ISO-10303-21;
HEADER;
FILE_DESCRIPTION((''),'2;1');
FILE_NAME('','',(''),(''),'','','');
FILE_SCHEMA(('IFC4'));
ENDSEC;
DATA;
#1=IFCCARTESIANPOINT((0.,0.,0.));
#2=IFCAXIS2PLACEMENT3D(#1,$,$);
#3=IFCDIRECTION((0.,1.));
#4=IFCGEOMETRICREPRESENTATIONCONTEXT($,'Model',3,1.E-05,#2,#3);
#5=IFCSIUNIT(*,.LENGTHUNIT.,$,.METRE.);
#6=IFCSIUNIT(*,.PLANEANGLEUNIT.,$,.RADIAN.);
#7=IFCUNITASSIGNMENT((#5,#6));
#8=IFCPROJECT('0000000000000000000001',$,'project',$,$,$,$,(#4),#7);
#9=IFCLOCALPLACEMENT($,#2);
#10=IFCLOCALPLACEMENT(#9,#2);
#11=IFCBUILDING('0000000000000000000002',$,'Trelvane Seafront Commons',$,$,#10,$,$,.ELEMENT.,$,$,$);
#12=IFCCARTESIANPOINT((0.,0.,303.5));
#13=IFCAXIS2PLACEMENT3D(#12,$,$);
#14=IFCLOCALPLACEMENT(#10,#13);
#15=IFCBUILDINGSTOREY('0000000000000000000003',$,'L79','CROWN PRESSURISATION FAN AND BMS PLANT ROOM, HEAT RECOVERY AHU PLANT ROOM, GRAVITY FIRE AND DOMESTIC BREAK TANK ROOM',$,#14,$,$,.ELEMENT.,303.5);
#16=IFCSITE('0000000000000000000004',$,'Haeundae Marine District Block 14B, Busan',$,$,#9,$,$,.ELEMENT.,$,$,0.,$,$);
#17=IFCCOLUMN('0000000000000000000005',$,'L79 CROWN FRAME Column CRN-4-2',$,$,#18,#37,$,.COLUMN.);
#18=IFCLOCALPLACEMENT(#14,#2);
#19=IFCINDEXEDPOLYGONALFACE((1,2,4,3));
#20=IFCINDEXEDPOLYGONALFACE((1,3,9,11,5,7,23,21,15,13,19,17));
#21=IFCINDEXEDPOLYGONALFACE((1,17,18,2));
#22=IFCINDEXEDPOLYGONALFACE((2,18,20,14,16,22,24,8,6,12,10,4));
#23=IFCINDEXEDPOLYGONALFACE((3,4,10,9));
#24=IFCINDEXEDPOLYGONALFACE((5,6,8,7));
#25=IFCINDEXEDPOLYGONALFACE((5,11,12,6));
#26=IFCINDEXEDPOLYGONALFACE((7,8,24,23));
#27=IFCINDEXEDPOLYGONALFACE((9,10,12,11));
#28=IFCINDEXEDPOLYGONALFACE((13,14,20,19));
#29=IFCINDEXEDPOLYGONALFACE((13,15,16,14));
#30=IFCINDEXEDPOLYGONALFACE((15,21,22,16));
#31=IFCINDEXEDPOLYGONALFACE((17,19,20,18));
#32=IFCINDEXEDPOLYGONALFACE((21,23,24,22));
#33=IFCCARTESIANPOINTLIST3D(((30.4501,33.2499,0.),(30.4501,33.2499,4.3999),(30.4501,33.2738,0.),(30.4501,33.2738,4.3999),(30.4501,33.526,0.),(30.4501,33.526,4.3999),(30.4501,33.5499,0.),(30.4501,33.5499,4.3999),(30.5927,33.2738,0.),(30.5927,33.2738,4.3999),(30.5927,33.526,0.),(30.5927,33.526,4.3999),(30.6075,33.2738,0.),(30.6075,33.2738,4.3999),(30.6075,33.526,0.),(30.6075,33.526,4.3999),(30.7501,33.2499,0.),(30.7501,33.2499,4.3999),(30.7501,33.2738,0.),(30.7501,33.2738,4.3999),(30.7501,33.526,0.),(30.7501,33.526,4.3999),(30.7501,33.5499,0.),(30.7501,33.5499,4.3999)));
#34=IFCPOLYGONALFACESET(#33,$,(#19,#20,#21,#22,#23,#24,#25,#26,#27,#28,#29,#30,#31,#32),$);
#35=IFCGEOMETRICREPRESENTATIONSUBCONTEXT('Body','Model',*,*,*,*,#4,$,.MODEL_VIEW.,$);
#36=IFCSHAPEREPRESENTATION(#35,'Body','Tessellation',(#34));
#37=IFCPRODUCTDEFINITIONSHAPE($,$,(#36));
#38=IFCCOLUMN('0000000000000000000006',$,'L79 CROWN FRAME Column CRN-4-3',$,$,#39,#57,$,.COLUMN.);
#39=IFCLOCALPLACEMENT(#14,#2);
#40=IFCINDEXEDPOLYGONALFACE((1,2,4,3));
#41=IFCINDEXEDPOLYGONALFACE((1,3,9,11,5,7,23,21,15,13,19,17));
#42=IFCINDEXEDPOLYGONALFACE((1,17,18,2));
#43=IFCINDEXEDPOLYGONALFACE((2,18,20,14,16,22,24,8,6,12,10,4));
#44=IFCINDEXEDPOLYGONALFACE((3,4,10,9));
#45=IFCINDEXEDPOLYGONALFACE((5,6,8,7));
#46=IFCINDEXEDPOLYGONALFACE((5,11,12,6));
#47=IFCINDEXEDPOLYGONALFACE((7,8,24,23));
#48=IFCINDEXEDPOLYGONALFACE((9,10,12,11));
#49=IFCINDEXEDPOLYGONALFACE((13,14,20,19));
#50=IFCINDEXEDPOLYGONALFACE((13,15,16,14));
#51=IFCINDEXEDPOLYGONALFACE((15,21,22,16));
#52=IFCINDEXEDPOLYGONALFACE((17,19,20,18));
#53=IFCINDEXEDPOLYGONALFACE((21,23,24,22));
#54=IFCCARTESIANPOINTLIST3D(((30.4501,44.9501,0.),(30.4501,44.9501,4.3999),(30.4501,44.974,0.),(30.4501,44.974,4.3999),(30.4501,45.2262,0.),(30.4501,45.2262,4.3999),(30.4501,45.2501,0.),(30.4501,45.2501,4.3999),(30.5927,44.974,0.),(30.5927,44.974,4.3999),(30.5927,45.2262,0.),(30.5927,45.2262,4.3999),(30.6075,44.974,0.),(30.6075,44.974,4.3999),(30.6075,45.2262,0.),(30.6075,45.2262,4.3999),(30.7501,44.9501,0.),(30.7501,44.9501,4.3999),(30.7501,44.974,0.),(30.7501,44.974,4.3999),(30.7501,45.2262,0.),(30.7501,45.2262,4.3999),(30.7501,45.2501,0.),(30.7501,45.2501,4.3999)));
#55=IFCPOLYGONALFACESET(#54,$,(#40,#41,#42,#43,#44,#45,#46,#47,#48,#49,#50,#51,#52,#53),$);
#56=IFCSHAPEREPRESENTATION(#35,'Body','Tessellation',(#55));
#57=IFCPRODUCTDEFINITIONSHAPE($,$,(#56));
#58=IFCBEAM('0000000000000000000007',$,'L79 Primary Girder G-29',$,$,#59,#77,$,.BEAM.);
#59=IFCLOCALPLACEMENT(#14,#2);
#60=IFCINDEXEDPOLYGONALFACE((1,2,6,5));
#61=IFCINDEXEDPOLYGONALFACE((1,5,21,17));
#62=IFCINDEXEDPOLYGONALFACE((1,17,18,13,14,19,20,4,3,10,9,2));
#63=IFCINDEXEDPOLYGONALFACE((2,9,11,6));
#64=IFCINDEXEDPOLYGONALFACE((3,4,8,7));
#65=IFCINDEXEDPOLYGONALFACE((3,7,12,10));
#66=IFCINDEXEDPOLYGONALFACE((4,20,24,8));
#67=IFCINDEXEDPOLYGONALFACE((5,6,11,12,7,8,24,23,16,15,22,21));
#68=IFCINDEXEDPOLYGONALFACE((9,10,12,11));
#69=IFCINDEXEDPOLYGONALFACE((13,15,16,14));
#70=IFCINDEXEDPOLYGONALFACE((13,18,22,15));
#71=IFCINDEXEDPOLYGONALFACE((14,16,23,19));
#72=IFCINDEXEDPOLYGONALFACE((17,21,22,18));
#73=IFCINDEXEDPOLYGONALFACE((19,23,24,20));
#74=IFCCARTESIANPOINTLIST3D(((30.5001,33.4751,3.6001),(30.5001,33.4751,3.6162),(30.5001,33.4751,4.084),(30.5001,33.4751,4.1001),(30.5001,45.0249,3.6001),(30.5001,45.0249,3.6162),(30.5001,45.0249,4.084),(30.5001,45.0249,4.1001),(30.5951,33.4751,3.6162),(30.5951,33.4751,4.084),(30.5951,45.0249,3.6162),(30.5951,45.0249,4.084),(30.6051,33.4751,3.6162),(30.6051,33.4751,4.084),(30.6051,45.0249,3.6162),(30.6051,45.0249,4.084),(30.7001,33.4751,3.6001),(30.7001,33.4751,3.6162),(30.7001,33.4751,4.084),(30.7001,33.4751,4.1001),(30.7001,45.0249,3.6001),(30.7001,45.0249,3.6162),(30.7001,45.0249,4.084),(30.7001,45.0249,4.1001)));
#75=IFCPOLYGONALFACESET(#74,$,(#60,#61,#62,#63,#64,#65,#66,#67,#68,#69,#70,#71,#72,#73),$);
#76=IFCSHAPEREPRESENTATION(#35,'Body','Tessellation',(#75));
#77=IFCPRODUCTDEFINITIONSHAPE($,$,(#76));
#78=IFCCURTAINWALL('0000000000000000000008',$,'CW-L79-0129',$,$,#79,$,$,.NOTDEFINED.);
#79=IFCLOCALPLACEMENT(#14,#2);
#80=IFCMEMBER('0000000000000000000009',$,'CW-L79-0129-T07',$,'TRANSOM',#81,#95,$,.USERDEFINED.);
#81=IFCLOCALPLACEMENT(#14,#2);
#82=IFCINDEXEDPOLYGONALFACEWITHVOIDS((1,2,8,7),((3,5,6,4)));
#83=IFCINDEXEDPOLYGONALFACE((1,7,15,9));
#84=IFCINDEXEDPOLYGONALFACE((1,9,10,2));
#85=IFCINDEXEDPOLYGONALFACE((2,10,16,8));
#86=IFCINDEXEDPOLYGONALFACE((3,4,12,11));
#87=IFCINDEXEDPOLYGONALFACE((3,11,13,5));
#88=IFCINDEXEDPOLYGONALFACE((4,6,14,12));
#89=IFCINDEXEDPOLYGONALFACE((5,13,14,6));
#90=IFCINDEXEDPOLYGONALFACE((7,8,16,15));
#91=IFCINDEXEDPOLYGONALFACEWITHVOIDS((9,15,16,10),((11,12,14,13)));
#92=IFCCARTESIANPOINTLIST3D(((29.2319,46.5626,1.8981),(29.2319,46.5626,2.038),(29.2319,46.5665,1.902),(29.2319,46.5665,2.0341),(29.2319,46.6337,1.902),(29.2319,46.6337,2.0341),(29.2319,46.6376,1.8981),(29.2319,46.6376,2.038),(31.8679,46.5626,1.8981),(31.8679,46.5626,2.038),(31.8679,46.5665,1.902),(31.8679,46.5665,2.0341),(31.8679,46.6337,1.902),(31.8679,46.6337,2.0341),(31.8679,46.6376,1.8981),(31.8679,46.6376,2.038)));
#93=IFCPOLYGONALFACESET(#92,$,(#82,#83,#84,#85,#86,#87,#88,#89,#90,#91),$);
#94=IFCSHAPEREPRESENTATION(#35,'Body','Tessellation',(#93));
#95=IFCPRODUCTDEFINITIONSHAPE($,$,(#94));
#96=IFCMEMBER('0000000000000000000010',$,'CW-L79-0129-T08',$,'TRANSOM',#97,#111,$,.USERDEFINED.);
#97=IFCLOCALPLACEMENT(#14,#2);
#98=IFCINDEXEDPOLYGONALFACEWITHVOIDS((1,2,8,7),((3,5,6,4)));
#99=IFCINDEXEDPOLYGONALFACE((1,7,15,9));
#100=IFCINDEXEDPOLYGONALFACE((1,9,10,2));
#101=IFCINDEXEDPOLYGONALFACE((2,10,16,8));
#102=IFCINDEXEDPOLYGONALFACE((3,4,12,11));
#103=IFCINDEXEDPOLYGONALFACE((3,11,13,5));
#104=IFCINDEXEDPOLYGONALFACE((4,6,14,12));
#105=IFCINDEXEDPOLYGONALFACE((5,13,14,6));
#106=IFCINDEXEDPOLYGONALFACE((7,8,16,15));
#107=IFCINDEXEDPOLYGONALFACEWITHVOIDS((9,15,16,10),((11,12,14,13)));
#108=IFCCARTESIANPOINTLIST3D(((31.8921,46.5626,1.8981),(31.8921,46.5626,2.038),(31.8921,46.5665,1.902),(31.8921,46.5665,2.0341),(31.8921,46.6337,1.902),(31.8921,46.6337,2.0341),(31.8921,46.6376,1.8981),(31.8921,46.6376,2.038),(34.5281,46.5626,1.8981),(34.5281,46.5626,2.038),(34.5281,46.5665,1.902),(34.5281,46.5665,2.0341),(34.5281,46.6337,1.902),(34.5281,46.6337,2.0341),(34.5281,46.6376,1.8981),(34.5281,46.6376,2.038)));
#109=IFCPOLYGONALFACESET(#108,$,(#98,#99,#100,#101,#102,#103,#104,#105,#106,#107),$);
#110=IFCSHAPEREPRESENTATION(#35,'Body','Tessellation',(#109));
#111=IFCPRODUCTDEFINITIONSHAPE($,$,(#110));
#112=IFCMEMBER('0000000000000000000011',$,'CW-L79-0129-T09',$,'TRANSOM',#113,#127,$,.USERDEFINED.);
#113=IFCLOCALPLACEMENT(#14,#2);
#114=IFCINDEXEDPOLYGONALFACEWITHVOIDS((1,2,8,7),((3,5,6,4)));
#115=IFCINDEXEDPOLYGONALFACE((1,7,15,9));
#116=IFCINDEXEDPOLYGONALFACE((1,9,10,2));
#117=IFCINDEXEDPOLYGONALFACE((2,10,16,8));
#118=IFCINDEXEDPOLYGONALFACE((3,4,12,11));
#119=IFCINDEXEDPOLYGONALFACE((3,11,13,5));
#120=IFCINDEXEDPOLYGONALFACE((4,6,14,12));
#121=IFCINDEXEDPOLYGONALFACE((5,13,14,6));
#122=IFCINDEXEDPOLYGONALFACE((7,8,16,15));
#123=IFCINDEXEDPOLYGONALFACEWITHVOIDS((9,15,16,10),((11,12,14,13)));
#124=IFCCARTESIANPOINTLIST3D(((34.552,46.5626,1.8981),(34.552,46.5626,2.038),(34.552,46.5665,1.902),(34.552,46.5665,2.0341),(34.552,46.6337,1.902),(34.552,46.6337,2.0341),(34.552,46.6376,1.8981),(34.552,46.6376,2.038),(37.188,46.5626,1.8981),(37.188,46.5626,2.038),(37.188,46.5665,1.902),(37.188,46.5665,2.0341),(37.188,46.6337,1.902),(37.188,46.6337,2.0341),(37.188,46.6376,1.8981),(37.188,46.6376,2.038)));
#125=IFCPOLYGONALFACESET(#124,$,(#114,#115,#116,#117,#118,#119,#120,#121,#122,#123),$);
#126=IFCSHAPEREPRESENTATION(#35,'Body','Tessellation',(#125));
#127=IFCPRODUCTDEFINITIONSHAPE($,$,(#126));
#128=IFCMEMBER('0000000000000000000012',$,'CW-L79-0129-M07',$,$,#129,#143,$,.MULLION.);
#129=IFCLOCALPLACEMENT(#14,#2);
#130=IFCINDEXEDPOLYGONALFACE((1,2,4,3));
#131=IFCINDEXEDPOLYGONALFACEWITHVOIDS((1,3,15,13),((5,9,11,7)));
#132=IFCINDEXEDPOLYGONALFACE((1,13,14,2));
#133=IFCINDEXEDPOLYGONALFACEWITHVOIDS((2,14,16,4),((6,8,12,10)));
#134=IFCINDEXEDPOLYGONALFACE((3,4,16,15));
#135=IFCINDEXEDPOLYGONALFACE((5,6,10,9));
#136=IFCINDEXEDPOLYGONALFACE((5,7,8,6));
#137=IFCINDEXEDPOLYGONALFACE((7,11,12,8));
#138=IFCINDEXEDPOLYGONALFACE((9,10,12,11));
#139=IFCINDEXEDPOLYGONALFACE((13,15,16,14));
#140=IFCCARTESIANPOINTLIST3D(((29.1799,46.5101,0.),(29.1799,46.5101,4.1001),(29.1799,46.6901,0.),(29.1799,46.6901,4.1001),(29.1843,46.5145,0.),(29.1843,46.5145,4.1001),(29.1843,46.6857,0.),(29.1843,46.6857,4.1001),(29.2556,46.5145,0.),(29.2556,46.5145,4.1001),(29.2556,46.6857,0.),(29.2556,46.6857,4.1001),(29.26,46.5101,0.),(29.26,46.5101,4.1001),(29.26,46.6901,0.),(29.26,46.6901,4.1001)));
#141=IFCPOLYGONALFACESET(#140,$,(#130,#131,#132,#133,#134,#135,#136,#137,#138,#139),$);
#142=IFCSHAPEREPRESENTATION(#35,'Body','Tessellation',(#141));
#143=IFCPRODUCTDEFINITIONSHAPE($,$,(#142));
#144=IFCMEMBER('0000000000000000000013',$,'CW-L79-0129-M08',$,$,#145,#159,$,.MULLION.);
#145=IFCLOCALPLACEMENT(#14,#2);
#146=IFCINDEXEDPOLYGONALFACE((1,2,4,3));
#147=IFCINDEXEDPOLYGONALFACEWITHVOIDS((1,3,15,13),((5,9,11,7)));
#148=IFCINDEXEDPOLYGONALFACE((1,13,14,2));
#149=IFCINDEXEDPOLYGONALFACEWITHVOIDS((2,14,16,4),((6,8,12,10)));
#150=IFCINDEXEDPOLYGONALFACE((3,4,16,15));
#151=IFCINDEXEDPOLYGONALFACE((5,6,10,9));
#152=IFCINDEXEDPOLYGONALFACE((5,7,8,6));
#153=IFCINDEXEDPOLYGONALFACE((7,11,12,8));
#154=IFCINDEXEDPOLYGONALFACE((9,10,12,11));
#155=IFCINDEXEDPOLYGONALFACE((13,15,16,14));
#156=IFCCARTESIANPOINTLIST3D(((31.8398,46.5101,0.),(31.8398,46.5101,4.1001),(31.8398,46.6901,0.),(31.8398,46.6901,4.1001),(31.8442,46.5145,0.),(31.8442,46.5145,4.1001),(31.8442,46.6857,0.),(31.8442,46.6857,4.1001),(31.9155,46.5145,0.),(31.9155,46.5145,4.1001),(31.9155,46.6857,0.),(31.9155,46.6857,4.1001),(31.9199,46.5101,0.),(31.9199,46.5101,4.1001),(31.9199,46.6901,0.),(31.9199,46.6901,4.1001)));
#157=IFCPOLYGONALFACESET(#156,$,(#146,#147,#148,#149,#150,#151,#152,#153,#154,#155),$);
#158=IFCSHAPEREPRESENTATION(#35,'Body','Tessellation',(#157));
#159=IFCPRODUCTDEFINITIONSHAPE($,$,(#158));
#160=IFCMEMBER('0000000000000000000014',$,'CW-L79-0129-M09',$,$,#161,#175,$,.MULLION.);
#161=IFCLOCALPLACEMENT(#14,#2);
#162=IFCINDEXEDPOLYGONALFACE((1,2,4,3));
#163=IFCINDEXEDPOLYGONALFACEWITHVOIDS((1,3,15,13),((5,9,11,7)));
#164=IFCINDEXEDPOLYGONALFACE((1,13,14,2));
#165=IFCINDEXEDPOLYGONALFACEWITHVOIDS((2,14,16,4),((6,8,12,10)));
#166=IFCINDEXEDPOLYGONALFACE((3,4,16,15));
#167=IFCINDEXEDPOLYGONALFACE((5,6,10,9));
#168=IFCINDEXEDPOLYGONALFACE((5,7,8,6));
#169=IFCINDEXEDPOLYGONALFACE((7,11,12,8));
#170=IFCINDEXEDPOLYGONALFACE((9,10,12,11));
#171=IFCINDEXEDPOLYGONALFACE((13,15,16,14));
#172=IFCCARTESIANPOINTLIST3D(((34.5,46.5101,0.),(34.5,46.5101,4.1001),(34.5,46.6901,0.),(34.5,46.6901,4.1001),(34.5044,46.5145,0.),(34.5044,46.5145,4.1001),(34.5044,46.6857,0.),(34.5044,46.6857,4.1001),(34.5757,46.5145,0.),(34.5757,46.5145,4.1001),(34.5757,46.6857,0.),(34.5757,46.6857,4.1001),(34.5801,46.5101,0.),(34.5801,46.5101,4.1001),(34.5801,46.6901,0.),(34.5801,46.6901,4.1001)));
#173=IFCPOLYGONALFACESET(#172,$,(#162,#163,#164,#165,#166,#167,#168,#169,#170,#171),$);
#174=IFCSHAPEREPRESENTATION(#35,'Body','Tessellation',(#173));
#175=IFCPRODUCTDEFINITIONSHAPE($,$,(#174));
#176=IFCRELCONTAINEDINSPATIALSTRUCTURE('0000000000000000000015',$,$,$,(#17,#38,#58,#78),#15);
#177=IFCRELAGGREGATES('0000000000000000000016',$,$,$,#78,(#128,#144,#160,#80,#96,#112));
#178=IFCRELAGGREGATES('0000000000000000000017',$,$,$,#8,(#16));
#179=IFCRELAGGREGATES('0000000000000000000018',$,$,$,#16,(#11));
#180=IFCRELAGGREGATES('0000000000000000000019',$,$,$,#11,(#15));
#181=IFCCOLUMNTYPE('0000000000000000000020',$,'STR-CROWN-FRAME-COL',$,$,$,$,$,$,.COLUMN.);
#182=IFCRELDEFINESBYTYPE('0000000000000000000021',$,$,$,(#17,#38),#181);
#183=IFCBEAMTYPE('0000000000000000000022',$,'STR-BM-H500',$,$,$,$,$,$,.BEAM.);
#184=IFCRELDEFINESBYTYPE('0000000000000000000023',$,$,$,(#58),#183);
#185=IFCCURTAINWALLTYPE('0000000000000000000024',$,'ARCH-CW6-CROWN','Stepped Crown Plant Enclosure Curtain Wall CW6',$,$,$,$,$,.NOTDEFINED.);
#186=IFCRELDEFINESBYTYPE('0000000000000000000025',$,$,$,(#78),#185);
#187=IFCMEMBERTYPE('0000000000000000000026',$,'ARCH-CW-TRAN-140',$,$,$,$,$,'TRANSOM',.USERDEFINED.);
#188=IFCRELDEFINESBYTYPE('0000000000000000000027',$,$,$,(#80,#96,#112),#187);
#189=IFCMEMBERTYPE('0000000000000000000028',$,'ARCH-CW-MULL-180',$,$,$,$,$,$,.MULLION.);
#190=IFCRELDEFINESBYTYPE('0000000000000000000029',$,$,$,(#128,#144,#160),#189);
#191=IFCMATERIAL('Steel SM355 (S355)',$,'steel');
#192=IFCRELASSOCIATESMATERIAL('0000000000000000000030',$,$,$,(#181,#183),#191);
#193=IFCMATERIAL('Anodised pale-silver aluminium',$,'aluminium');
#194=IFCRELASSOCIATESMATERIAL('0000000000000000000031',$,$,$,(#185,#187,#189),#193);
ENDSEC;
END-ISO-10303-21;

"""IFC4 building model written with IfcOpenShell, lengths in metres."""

from ifc_helpers import new_model, si_unit, direction, frame, origin, origin_2d, place, context, subcontext, project, spatial, hollow_rectangle, i_section, extrude, source, transform, mapped, material, material_profile, profile_set, type_object, element, aggregate, save


model = new_model("IFC4")

# Units and contexts
model_context = context("Model", 3, precision=1e-05, world=origin(), true_north=direction((0.0, 1.0)))
body_context = subcontext(model_context, "Body", "Model", "MODEL_VIEW")
ifc_project = project(units=[si_unit("LENGTHUNIT", "METRE"), si_unit("PLANEANGLEUNIT", "RADIAN")], contexts=[model_context])

# Site, building, storey
site_placement = place(None, origin())
site = spatial("IfcSite", under=ifc_project, at=site_placement, Name="Haeundae Marine District Block 14B, Busan", CompositionType="ELEMENT", RefElevation=0.0)
building_placement = place(site_placement, origin())
building = spatial("IfcBuilding", under=site, at=building_placement, Name="Trelvane Seafront Commons", CompositionType="ELEMENT")
storey_placement = place(building_placement, frame((0.0, 0.0, 303.5)))
storey = spatial("IfcBuildingStorey", under=building, at=storey_placement, Name="L79", Description="CROWN PRESSURISATION FAN AND BMS PLANT ROOM, HEAT RECOVERY AHU PLANT ROOM, GRAVITY FIRE AND DOMESTIC BREAK TANK ROOM", CompositionType="ELEMENT", Elevation=303.5)

# Columns
ifc_material_1 = material(Name="Steel SM355 (S355)", Category="steel")
ifc_material_profile_1 = material_profile(ifc_material_1, i_section(OverallWidth=0.3, OverallDepth=0.3, WebThickness=0.0149, FlangeThickness=0.0239, at=origin_2d()), Name="HD-300x300x15x24")
ifc_profile_set_1 = profile_set([ifc_material_profile_1], Name="Steel SM355 (S355)")
column_type = type_object("IfcColumnType", Name="STR-CROWN-FRAME-COL", PredefinedType="COLUMN", material=ifc_profile_set_1)
shared_shape_1 = source(origin(), body_context, "Body", "SweptSolid", [
    extrude(i_section(OverallWidth=0.3, OverallDepth=0.3, WebThickness=0.0149, FlangeThickness=0.0239, at=origin_2d()), origin(), (0.0, 0.0, 1.0), 4.3999),
])
for number, where, z_axis, x_axis, name in (
    (1, (30.6001, 33.3999, 0.0), (0.0, 0.0, 1.0), (1.0, 0.0, 0.0), "L79 CROWN FRAME Column CRN-4-2"),
    (2, (30.6001, 45.1001, 0.0), (0.0, 0.0, 1.0), (1.0, 0.0, 0.0), "L79 CROWN FRAME Column CRN-4-3"),
):
    element("IfcColumn", number, at=place(storey_placement, frame(where, z_axis=z_axis, x_axis=x_axis)), inside=storey, type_object=column_type, Name=name, PredefinedType="COLUMN", context=body_context, shape_type="MappedRepresentation", body=[
        mapped(shared_shape_1, transform((0.0, 0.0, 0.0), x_axis=(1.0, 0.0, 0.0), y_axis=(0.0, 1.0, 0.0), z_axis=(0.0, 0.0, 1.0), scale=1.0)),
    ])

# Beam
ifc_material_profile_2 = material_profile(ifc_material_1, i_section(OverallWidth=0.2, OverallDepth=0.5, WebThickness=0.01, FlangeThickness=0.0161, at=origin_2d()), Name="H-500x200x10x16")
ifc_profile_set_2 = profile_set([ifc_material_profile_2], Name="Steel SM355 (S355)")
beam_type = type_object("IfcBeamType", Name="STR-BM-H500", PredefinedType="BEAM", material=ifc_profile_set_2)
shared_shape_2 = source(origin(), body_context, "Body", "SweptSolid", [
    extrude(i_section(OverallWidth=0.2, OverallDepth=0.5, WebThickness=0.01, FlangeThickness=0.0161, at=origin_2d()), origin(), (0.0, 0.0, 1.0), 11.5498),
])
beam_placement = place(storey_placement, frame((30.6001, 33.4751, 3.8501), z_axis=(0.0, 1.0, 0.0), x_axis=(-1.0, 0.0, 0.0)))
element("IfcBeam", 3, at=beam_placement, inside=storey, type_object=beam_type, Name="L79 Primary Girder G-29", PredefinedType="BEAM", context=body_context, shape_type="MappedRepresentation", body=[
    mapped(shared_shape_2, transform((0.0, 0.0, 0.0), x_axis=(1.0, 0.0, 0.0), y_axis=(0.0, 1.0, 0.0), z_axis=(0.0, 0.0, 1.0), scale=1.0)),
])

# Curtain wall, members
ifc_material_2 = material(Name="Anodised pale-silver aluminium", Category="aluminium")
curtain_wall_type = type_object("IfcCurtainWallType", Name="ARCH-CW6-CROWN", Description="Stepped Crown Plant Enclosure Curtain Wall CW6", PredefinedType="NOTDEFINED", material=ifc_material_2)
curtain_wall_1_placement = place(storey_placement, origin())
curtain_wall_1 = element("IfcCurtainWall", 4, at=curtain_wall_1_placement, inside=storey, type_object=curtain_wall_type, Name="CW-L79-0129", PredefinedType="NOTDEFINED")
ifc_material_profile_3 = material_profile(ifc_material_2, hollow_rectangle(XDim=0.075, YDim=0.1399, WallThickness=0.0039, at=origin_2d()), Name="TRAN-75x140x4")
ifc_profile_set_3 = profile_set([ifc_material_profile_3], Name="Anodised pale-silver aluminium")
member_type_1 = type_object("IfcMemberType", Name="ARCH-CW-TRAN-140", ElementType="TRANSOM", PredefinedType="USERDEFINED", material=ifc_profile_set_3)
shared_shape_3 = source(origin(), body_context, "Body", "SweptSolid", [
    extrude(hollow_rectangle(XDim=0.075, YDim=0.1399, WallThickness=0.0039, at=origin_2d()), origin(), (0.0, 0.0, 1.0), 2.636),
])
member_1_placement = place(storey_placement, frame((29.2319, 46.6001, 1.968), z_axis=(1.0, 0.0, 0.0), x_axis=(0.0, 1.0, 0.0)))
member_1 = element("IfcMember", 5, at=member_1_placement, type_object=member_type_1, Name="CW-L79-0129-T07", ObjectType="TRANSOM", PredefinedType="USERDEFINED", context=body_context, shape_type="MappedRepresentation", body=[
    mapped(shared_shape_3, transform((0.0, 0.0, 0.0), x_axis=(1.0, 0.0, 0.0), y_axis=(0.0, 1.0, 0.0), z_axis=(0.0, 0.0, 1.0), scale=1.0)),
])
member_2_placement = place(storey_placement, frame((31.8921, 46.6001, 1.968), z_axis=(1.0, 0.0, 0.0), x_axis=(0.0, 1.0, 0.0)))
member_2 = element("IfcMember", 6, at=member_2_placement, type_object=member_type_1, Name="CW-L79-0129-T08", ObjectType="TRANSOM", PredefinedType="USERDEFINED", context=body_context, shape_type="MappedRepresentation", body=[
    mapped(shared_shape_3, transform((0.0, 0.0, 0.0), x_axis=(1.0, 0.0, 0.0), y_axis=(0.0, 1.0, 0.0), z_axis=(0.0, 0.0, 1.0), scale=1.0)),
])
member_3_placement = place(storey_placement, frame((34.552, 46.6001, 1.968), z_axis=(1.0, 0.0, 0.0), x_axis=(0.0, 1.0, 0.0)))
member_3 = element("IfcMember", 7, at=member_3_placement, type_object=member_type_1, Name="CW-L79-0129-T09", ObjectType="TRANSOM", PredefinedType="USERDEFINED", context=body_context, shape_type="MappedRepresentation", body=[
    mapped(shared_shape_3, transform((0.0, 0.0, 0.0), x_axis=(1.0, 0.0, 0.0), y_axis=(0.0, 1.0, 0.0), z_axis=(0.0, 0.0, 1.0), scale=1.0)),
])
ifc_material_profile_4 = material_profile(ifc_material_2, hollow_rectangle(XDim=0.0801, YDim=0.1799, WallThickness=0.0044, at=origin_2d()), Name="MULL-80x180x4.5")
ifc_profile_set_4 = profile_set([ifc_material_profile_4], Name="Anodised pale-silver aluminium")
member_type_2 = type_object("IfcMemberType", Name="ARCH-CW-MULL-180", PredefinedType="MULLION", material=ifc_profile_set_4)
shared_shape_4 = source(origin(), body_context, "Body", "SweptSolid", [
    extrude(hollow_rectangle(XDim=0.0801, YDim=0.1799, WallThickness=0.0044, at=origin_2d()), origin(), (0.0, 0.0, 1.0), 4.1001),
])
member_4_placement = place(storey_placement, frame((29.22, 46.6001, 0.0), z_axis=(0.0, 0.0, 1.0), x_axis=(1.0, 0.0, 0.0)))
member_4 = element("IfcMember", 8, at=member_4_placement, type_object=member_type_2, Name="CW-L79-0129-M07", PredefinedType="MULLION", context=body_context, shape_type="MappedRepresentation", body=[
    mapped(shared_shape_4, transform((0.0, 0.0, 0.0), x_axis=(1.0, 0.0, 0.0), y_axis=(0.0, 1.0, 0.0), z_axis=(0.0, 0.0, 1.0), scale=1.0)),
])
member_5_placement = place(storey_placement, frame((31.8799, 46.6001, 0.0), z_axis=(0.0, 0.0, 1.0), x_axis=(1.0, 0.0, 0.0)))
member_5 = element("IfcMember", 9, at=member_5_placement, type_object=member_type_2, Name="CW-L79-0129-M08", PredefinedType="MULLION", context=body_context, shape_type="MappedRepresentation", body=[
    mapped(shared_shape_4, transform((0.0, 0.0, 0.0), x_axis=(1.0, 0.0, 0.0), y_axis=(0.0, 1.0, 0.0), z_axis=(0.0, 0.0, 1.0), scale=1.0)),
])
member_6_placement = place(storey_placement, frame((34.54, 46.6001, 0.0), z_axis=(0.0, 0.0, 1.0), x_axis=(1.0, 0.0, 0.0)))
member_6 = element("IfcMember", 10, at=member_6_placement, type_object=member_type_2, Name="CW-L79-0129-M09", PredefinedType="MULLION", context=body_context, shape_type="MappedRepresentation", body=[
    mapped(shared_shape_4, transform((0.0, 0.0, 0.0), x_axis=(1.0, 0.0, 0.0), y_axis=(0.0, 1.0, 0.0), z_axis=(0.0, 0.0, 1.0), scale=1.0)),
])

aggregate(curtain_wall_1, [member_4, member_5, member_6, member_1, member_2, member_3])

save(model, "model.ifc")
